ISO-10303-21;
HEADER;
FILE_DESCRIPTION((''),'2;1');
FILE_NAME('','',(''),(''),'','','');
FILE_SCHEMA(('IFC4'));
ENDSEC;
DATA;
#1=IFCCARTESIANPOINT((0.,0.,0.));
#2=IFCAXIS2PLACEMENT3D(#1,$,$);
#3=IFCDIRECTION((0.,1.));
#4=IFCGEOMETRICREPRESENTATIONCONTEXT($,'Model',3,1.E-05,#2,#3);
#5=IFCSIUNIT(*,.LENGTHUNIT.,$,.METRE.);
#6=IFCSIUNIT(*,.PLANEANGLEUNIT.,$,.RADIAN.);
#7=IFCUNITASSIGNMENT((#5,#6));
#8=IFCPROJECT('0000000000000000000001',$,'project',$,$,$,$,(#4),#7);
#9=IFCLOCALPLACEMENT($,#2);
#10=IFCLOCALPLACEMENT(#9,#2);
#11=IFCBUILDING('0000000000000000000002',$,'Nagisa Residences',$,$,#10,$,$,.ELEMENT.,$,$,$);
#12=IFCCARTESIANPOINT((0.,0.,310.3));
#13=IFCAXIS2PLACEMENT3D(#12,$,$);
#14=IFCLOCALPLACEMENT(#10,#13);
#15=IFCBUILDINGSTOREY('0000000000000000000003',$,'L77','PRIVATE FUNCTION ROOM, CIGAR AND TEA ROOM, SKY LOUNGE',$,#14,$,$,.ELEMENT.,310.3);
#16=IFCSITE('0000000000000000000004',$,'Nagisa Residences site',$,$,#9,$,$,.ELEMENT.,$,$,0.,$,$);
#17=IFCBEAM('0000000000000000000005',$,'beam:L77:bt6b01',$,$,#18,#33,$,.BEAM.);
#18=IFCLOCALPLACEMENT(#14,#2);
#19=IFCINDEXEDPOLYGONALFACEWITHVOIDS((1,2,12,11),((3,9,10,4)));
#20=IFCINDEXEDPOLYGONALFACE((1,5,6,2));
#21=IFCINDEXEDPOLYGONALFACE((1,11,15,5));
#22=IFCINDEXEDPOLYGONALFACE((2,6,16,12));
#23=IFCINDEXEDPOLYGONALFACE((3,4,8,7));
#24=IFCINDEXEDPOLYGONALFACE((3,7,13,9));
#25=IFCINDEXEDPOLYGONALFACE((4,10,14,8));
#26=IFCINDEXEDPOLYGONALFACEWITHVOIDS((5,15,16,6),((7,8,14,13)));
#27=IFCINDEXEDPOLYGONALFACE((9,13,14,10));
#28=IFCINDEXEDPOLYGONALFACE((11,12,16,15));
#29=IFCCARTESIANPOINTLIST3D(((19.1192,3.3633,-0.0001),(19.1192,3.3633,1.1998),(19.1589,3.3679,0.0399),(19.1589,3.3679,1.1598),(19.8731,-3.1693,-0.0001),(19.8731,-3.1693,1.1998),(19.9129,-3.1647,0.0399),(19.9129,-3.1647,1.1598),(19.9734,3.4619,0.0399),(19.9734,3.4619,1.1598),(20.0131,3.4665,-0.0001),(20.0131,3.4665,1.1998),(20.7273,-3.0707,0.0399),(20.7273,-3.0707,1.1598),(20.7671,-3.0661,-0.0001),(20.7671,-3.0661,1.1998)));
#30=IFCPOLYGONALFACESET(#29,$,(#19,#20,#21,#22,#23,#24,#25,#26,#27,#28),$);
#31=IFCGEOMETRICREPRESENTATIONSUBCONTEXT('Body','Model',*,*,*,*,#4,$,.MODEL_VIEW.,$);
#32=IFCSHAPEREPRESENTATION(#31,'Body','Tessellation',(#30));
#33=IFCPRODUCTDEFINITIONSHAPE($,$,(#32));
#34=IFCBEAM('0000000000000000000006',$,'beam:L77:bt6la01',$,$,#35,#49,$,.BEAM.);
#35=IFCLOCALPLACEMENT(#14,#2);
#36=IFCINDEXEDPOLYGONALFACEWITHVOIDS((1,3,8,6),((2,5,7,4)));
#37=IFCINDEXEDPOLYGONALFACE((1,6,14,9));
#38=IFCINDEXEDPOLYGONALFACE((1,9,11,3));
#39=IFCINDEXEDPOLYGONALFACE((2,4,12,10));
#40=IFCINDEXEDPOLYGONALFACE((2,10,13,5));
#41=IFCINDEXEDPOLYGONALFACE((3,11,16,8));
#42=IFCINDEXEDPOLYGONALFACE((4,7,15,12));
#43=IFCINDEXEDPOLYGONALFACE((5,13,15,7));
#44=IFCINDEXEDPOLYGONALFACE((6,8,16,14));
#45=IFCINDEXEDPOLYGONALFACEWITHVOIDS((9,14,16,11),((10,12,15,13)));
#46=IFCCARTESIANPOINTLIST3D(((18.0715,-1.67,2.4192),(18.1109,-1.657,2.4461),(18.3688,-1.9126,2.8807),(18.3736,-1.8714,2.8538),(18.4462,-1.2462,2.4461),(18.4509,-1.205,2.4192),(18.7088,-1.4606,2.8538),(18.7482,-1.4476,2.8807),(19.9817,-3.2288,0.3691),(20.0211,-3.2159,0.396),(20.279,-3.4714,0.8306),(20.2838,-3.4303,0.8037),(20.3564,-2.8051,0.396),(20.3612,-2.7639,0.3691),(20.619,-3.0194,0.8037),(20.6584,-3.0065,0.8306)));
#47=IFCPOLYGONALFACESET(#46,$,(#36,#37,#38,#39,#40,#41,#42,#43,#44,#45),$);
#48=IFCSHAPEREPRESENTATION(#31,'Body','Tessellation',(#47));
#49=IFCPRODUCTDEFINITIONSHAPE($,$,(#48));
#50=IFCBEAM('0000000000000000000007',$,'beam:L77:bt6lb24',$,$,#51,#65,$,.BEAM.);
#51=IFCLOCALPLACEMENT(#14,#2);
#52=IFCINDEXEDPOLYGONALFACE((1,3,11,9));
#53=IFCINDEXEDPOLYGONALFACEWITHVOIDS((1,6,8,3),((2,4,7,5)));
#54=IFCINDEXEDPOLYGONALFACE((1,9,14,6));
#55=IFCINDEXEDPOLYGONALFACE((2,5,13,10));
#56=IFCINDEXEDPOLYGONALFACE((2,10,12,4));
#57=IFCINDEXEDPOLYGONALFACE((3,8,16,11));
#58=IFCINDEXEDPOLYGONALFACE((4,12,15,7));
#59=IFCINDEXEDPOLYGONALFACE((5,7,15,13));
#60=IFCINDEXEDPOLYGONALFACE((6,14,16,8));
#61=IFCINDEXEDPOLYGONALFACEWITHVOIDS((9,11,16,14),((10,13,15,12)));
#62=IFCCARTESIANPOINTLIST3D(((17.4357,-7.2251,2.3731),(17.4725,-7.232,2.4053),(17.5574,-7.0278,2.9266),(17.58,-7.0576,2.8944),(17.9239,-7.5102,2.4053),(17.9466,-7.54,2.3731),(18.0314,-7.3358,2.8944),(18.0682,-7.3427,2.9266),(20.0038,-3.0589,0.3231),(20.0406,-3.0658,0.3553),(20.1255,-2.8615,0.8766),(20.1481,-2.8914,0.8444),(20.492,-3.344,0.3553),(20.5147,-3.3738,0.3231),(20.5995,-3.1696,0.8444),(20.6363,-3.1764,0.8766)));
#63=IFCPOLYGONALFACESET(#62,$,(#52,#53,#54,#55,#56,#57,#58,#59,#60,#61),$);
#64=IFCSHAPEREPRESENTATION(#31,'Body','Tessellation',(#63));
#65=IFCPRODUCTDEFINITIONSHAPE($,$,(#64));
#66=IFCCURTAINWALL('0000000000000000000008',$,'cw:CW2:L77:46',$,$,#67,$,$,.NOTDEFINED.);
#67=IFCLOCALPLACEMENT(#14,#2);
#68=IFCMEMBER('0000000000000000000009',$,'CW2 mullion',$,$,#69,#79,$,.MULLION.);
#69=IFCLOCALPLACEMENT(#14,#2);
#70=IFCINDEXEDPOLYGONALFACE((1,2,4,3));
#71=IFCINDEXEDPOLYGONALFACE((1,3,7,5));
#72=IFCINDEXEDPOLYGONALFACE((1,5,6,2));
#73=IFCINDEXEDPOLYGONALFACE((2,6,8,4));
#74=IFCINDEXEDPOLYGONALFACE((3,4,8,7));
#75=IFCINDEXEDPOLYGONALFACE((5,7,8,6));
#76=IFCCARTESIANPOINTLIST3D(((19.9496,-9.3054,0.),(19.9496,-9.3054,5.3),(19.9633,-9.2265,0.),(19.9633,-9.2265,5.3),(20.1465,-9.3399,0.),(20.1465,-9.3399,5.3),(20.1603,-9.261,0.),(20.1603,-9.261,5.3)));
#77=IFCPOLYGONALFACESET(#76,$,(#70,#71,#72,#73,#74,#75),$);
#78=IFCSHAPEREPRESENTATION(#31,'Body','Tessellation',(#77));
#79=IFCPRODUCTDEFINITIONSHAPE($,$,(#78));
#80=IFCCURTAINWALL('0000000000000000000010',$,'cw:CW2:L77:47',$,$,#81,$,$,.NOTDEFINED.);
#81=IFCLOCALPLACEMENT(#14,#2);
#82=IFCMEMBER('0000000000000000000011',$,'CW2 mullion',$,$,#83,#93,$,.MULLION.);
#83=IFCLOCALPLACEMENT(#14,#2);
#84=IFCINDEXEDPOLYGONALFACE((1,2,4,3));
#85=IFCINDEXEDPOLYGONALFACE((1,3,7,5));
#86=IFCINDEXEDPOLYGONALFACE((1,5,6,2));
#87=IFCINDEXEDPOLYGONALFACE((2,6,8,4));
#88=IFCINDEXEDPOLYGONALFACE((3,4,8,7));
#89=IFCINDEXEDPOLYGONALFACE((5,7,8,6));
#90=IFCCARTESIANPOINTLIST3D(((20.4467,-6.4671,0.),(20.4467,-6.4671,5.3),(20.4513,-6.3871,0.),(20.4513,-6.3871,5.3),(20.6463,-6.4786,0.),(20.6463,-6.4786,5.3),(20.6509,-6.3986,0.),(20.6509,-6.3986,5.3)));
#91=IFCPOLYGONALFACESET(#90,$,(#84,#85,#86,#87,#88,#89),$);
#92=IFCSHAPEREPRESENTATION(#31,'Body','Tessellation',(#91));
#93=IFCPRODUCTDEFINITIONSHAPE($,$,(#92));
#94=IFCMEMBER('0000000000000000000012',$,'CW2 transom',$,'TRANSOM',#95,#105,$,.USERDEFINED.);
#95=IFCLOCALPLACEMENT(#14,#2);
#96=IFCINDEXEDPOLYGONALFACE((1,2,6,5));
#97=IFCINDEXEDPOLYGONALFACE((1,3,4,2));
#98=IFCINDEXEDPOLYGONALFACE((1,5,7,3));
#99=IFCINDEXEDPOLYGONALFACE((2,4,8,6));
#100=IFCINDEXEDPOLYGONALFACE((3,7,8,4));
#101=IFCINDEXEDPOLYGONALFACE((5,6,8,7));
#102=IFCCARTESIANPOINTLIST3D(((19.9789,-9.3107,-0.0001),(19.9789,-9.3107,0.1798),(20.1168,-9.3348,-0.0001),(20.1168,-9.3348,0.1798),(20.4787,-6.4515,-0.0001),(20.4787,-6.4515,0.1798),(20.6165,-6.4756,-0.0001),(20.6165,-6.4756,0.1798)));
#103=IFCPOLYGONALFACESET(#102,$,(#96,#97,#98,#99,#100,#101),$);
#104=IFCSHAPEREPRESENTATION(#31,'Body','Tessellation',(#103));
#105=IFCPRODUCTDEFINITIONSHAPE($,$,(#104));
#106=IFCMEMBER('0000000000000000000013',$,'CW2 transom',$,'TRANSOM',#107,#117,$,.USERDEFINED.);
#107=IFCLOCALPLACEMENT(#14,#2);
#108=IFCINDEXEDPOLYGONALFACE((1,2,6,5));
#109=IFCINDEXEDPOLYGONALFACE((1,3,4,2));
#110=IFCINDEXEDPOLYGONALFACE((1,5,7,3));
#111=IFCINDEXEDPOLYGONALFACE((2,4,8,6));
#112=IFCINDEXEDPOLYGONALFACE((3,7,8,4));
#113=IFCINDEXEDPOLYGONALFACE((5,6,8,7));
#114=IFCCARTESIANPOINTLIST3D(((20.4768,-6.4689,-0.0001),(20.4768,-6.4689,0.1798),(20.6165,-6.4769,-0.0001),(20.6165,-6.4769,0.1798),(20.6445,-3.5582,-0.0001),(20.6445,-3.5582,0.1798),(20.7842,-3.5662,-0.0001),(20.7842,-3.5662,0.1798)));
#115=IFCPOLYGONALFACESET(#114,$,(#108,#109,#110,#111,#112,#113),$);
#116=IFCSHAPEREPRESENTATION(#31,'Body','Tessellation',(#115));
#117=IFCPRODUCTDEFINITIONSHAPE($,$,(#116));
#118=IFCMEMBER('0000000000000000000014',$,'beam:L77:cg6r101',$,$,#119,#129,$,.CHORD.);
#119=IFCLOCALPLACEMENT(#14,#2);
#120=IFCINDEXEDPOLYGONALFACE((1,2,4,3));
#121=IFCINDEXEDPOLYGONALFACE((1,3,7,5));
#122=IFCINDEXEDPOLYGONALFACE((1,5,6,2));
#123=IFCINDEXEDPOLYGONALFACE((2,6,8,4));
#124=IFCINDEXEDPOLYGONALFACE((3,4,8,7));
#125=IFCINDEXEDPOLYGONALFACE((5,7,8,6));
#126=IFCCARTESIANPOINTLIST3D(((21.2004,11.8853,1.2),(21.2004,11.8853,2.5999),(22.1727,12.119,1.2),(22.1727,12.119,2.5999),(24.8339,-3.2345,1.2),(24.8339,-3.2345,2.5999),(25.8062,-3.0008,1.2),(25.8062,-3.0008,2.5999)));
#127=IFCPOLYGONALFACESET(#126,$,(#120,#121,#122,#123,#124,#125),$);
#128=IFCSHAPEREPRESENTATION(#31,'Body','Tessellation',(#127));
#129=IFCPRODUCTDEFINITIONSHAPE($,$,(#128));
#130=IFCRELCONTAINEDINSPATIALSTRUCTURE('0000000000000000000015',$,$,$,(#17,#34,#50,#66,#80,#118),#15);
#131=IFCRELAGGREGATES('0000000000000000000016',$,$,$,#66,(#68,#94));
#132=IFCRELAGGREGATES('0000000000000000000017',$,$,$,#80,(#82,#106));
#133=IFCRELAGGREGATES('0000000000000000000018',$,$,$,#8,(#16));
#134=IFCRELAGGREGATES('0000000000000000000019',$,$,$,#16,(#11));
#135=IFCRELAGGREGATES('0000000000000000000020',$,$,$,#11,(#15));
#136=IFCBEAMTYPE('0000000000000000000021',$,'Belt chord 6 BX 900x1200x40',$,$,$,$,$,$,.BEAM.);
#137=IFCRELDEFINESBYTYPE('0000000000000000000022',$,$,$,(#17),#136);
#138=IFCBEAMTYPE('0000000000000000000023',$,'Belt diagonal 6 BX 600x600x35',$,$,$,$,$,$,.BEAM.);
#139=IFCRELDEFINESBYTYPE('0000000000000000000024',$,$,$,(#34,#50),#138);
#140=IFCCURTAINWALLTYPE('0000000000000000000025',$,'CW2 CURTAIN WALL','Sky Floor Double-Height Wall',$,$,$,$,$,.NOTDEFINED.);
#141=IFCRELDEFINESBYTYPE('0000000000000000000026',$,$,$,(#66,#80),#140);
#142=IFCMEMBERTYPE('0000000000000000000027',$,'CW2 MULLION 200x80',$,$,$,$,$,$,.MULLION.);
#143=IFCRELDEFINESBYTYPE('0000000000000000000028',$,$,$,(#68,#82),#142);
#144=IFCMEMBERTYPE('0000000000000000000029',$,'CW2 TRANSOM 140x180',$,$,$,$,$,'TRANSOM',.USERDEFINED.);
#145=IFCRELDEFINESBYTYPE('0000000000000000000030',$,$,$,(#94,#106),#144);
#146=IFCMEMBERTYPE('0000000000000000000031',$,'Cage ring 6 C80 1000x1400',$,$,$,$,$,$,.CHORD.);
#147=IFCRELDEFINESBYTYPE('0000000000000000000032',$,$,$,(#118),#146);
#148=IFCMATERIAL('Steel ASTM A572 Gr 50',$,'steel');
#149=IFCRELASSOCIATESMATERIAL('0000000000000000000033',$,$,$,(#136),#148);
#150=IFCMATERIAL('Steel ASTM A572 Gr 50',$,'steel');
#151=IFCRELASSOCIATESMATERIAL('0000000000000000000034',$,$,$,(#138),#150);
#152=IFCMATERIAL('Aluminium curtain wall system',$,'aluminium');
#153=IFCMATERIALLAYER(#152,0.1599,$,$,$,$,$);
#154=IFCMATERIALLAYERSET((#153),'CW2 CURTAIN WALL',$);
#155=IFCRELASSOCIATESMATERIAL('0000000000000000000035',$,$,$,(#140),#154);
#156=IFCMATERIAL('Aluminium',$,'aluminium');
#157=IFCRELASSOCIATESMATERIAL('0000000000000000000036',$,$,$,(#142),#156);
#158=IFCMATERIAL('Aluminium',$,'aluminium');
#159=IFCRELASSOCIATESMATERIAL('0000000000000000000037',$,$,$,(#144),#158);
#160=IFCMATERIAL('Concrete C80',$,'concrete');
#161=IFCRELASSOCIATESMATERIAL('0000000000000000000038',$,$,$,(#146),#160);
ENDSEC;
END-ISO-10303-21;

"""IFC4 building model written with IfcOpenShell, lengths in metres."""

from ifc_helpers import new_model, si_unit, direction, frame, origin, origin_2d, place, context, subcontext, project, spatial, rectangle, hollow_rectangle, extrude, material, layer, layer_set, material_profile, profile_set, type_object, element, aggregate, save


model = new_model("IFC4")

# Units and contexts
model_context = context("Model", 3, precision=1e-05, world=origin(), true_north=direction((0.0, 1.0)))
body_context = subcontext(model_context, "Body", "Model", "MODEL_VIEW")
ifc_project = project(units=[si_unit("LENGTHUNIT", "METRE"), si_unit("PLANEANGLEUNIT", "RADIAN")], contexts=[model_context])

# Site, building, storey
site_placement = place(None, origin())
site = spatial("IfcSite", under=ifc_project, at=site_placement, Name="Nagisa Residences site", CompositionType="ELEMENT", RefElevation=0.0)
building_placement = place(site_placement, origin())
building = spatial("IfcBuilding", under=site, at=building_placement, Name="Nagisa Residences", CompositionType="ELEMENT")
storey_placement = place(building_placement, frame((0.0, 0.0, 310.3)))
storey = spatial("IfcBuildingStorey", under=building, at=storey_placement, Name="L77", Description="PRIVATE FUNCTION ROOM, CIGAR AND TEA ROOM, SKY LOUNGE", CompositionType="ELEMENT", Elevation=310.3)

# Beams
ifc_material_1 = material(Name="Steel ASTM A572 Gr 50", Category="steel")
ifc_material_profile_1 = material_profile(ifc_material_1, hollow_rectangle(XDim=0.8999, YDim=1.2, WallThickness=0.04, at=origin_2d()), Name="BX 900x1200x40")
ifc_profile_set_1 = profile_set([ifc_material_profile_1], Name="Steel ASTM A572 Gr 50")
beam_type_1 = type_object("IfcBeamType", Name="Belt chord 6 BX 900x1200x40", PredefinedType="BEAM", material=ifc_profile_set_1)
beam_1_placement = place(storey_placement, frame((20.3201, -3.1177, 0.5999), z_axis=(-0.114648, 0.993406, 0.0), x_axis=(-0.993406, -0.114648, 0.0)))
element("IfcBeam", 1, at=beam_1_placement, inside=storey, type_object=beam_type_1, Name="beam:L77:bt6b01", PredefinedType="BEAM", context=body_context, shape_type="SweptSolid", body=[
    extrude(hollow_rectangle(XDim=0.8999, YDim=1.2, WallThickness=0.04, at=origin_2d()), origin(), (0.0, 0.0, 1.0), 6.5759),
])
ifc_material_2 = material(Name="Steel ASTM A572 Gr 50", Category="steel")
ifc_material_profile_2 = material_profile(ifc_material_2, hollow_rectangle(XDim=0.6001, YDim=0.6001, WallThickness=0.0349, at=origin_2d()), Name="BX 600x600x35")
ifc_profile_set_2 = profile_set([ifc_material_profile_2], Name="Steel ASTM A572 Gr 50")
beam_type_2 = type_object("IfcBeamType", Name="Belt diagonal 6 BX 600x600x35", PredefinedType="BEAM", material=ifc_profile_set_2)
beam_2_placement = place(storey_placement, frame((20.3201, -3.1177, 0.5999), z_axis=(-0.595722, 0.486156, 0.63935), x_axis=(-0.632261, -0.774755, 0.0)))
element("IfcBeam", 2, at=beam_2_placement, inside=storey, type_object=beam_type_2, Name="beam:L77:bt6la01", PredefinedType="BEAM", context=body_context, shape_type="SweptSolid", body=[
    extrude(hollow_rectangle(XDim=0.6001, YDim=0.6001, WallThickness=0.0349, at=origin_2d()), origin(), (0.0, 0.0, 1.0), 3.2065),
])
beam_3_placement = place(storey_placement, frame((20.3201, -3.1177, 0.5999), z_axis=(-0.483985, -0.78517, 0.386351), x_axis=(0.851269, -0.524729, 0.0)))
element("IfcBeam", 3, at=beam_3_placement, inside=storey, type_object=beam_type_2, Name="beam:L77:bt6lb24", PredefinedType="BEAM", context=body_context, shape_type="SweptSolid", body=[
    extrude(hollow_rectangle(XDim=0.6001, YDim=0.6001, WallThickness=0.0349, at=origin_2d()), origin(), (0.0, 0.0, 1.0), 5.3062),
])

# Curtain walls, members
ifc_material_3 = material(Name="Aluminium curtain wall system", Category="aluminium")
ifc_layer_1 = layer(ifc_material_3, 0.1599)
ifc_layer_set_1 = layer_set([ifc_layer_1], Name="CW2 CURTAIN WALL")
curtain_wall_type = type_object("IfcCurtainWallType", Name="CW2 CURTAIN WALL", Description="Sky Floor Double-Height Wall", PredefinedType="NOTDEFINED", material=ifc_layer_set_1)
curtain_wall_1_placement = place(storey_placement, origin())
curtain_wall_1 = element("IfcCurtainWall", 4, at=curtain_wall_1_placement, inside=storey, type_object=curtain_wall_type, Name="cw:CW2:L77:46", PredefinedType="NOTDEFINED")
ifc_material_4 = material(Name="Aluminium", Category="aluminium")
ifc_material_profile_3 = material_profile(ifc_material_4, rectangle(XDim=0.2, YDim=0.0801, at=origin_2d()), Name="CW2 MULLION 200x80")
ifc_profile_set_3 = profile_set([ifc_material_profile_3], Name="Aluminium")
member_type_1 = type_object("IfcMemberType", Name="CW2 MULLION 200x80", PredefinedType="MULLION", material=ifc_profile_set_3)
member_1_placement = place(storey_placement, frame((20.0549, -9.2832, 0.0), z_axis=(0.0, 0.0, 1.0), x_axis=(-0.985064, 0.172191, 0.0)))
member_1 = element("IfcMember", 5, at=member_1_placement, type_object=member_type_1, Name="CW2 mullion", PredefinedType="MULLION", context=body_context, shape_type="SweptSolid", body=[
    extrude(rectangle(XDim=0.2, YDim=0.0801, at=origin_2d()), origin(), (0.0, 0.0, 1.0), 5.3),
])
curtain_wall_2_placement = place(storey_placement, origin())
curtain_wall_2 = element("IfcCurtainWall", 6, at=curtain_wall_2_placement, inside=storey, type_object=curtain_wall_type, Name="cw:CW2:L77:47", PredefinedType="NOTDEFINED")
member_2_placement = place(storey_placement, frame((20.5488, -6.4329, 0.0), z_axis=(0.0, 0.0, 1.0), x_axis=(-0.998345, 0.057503, 0.0)))
member_2 = element("IfcMember", 7, at=member_2_placement, type_object=member_type_1, Name="CW2 mullion", PredefinedType="MULLION", context=body_context, shape_type="SweptSolid", body=[
    extrude(rectangle(XDim=0.2, YDim=0.0801, at=origin_2d()), origin(), (0.0, 0.0, 1.0), 5.3),
])

# Members
ifc_material_5 = material(Name="Aluminium", Category="aluminium")
ifc_material_profile_4 = material_profile(ifc_material_5, rectangle(XDim=0.1399, YDim=0.1799, at=origin_2d()), Name="CW2 TRANSOM 140x180")
ifc_profile_set_4 = profile_set([ifc_material_profile_4], Name="Aluminium")
member_type_2 = type_object("IfcMemberType", Name="CW2 TRANSOM 140x180", ElementType="TRANSOM", PredefinedType="USERDEFINED", material=ifc_profile_set_4)
member_3_placement = place(storey_placement, frame((20.0479, -9.3228, 0.0898), z_axis=(0.172182, 0.985065, 0.0), x_axis=(-0.985065, 0.172182, 0.0)))
member_3 = element("IfcMember", 8, at=member_3_placement, type_object=member_type_2, Name="CW2 transom", ObjectType="TRANSOM", PredefinedType="USERDEFINED", context=body_context, shape_type="SweptSolid", body=[
    extrude(rectangle(XDim=0.1399, YDim=0.1799, at=origin_2d()), origin(), (0.0, 0.0, 1.0), 2.9026),
])
member_4_placement = place(storey_placement, frame((20.5466, -6.4729, 0.0898), z_axis=(0.057529, 0.998344, 0.0), x_axis=(-0.998344, 0.057529, 0.0)))
member_4 = element("IfcMember", 9, at=member_4_placement, type_object=member_type_2, Name="CW2 transom", ObjectType="TRANSOM", PredefinedType="USERDEFINED", context=body_context, shape_type="SweptSolid", body=[
    extrude(rectangle(XDim=0.1399, YDim=0.1799, at=origin_2d()), origin(), (0.0, 0.0, 1.0), 2.9155),
])

# Member
ifc_material_6 = material(Name="Concrete C80", Category="concrete")
ifc_material_profile_5 = material_profile(ifc_material_6, rectangle(XDim=1.0, YDim=1.3999, at=origin_2d()), Name="C80 1000x1400")
ifc_profile_set_5 = profile_set([ifc_material_profile_5], Name="Concrete C80")
member_type_3 = type_object("IfcMemberType", Name="Cage ring 6 C80 1000x1400", PredefinedType="CHORD", material=ifc_profile_set_5)
member_5_placement = place(storey_placement, frame((25.3201, -3.1177, 1.8999), z_axis=(-0.233663, 0.972318, 0.0), x_axis=(-0.972318, -0.233663, 0.0)))
element("IfcMember", 10, at=member_5_placement, inside=storey, type_object=member_type_3, Name="beam:L77:cg6r101", PredefinedType="CHORD", context=body_context, shape_type="SweptSolid", body=[
    extrude(rectangle(XDim=1.0, YDim=1.3999, at=origin_2d()), origin(), (0.0, 0.0, 1.0), 15.5503),
])

aggregate(curtain_wall_1, [member_1, member_3])
aggregate(curtain_wall_2, [member_2, member_4])

save(model, "model.ifc")
